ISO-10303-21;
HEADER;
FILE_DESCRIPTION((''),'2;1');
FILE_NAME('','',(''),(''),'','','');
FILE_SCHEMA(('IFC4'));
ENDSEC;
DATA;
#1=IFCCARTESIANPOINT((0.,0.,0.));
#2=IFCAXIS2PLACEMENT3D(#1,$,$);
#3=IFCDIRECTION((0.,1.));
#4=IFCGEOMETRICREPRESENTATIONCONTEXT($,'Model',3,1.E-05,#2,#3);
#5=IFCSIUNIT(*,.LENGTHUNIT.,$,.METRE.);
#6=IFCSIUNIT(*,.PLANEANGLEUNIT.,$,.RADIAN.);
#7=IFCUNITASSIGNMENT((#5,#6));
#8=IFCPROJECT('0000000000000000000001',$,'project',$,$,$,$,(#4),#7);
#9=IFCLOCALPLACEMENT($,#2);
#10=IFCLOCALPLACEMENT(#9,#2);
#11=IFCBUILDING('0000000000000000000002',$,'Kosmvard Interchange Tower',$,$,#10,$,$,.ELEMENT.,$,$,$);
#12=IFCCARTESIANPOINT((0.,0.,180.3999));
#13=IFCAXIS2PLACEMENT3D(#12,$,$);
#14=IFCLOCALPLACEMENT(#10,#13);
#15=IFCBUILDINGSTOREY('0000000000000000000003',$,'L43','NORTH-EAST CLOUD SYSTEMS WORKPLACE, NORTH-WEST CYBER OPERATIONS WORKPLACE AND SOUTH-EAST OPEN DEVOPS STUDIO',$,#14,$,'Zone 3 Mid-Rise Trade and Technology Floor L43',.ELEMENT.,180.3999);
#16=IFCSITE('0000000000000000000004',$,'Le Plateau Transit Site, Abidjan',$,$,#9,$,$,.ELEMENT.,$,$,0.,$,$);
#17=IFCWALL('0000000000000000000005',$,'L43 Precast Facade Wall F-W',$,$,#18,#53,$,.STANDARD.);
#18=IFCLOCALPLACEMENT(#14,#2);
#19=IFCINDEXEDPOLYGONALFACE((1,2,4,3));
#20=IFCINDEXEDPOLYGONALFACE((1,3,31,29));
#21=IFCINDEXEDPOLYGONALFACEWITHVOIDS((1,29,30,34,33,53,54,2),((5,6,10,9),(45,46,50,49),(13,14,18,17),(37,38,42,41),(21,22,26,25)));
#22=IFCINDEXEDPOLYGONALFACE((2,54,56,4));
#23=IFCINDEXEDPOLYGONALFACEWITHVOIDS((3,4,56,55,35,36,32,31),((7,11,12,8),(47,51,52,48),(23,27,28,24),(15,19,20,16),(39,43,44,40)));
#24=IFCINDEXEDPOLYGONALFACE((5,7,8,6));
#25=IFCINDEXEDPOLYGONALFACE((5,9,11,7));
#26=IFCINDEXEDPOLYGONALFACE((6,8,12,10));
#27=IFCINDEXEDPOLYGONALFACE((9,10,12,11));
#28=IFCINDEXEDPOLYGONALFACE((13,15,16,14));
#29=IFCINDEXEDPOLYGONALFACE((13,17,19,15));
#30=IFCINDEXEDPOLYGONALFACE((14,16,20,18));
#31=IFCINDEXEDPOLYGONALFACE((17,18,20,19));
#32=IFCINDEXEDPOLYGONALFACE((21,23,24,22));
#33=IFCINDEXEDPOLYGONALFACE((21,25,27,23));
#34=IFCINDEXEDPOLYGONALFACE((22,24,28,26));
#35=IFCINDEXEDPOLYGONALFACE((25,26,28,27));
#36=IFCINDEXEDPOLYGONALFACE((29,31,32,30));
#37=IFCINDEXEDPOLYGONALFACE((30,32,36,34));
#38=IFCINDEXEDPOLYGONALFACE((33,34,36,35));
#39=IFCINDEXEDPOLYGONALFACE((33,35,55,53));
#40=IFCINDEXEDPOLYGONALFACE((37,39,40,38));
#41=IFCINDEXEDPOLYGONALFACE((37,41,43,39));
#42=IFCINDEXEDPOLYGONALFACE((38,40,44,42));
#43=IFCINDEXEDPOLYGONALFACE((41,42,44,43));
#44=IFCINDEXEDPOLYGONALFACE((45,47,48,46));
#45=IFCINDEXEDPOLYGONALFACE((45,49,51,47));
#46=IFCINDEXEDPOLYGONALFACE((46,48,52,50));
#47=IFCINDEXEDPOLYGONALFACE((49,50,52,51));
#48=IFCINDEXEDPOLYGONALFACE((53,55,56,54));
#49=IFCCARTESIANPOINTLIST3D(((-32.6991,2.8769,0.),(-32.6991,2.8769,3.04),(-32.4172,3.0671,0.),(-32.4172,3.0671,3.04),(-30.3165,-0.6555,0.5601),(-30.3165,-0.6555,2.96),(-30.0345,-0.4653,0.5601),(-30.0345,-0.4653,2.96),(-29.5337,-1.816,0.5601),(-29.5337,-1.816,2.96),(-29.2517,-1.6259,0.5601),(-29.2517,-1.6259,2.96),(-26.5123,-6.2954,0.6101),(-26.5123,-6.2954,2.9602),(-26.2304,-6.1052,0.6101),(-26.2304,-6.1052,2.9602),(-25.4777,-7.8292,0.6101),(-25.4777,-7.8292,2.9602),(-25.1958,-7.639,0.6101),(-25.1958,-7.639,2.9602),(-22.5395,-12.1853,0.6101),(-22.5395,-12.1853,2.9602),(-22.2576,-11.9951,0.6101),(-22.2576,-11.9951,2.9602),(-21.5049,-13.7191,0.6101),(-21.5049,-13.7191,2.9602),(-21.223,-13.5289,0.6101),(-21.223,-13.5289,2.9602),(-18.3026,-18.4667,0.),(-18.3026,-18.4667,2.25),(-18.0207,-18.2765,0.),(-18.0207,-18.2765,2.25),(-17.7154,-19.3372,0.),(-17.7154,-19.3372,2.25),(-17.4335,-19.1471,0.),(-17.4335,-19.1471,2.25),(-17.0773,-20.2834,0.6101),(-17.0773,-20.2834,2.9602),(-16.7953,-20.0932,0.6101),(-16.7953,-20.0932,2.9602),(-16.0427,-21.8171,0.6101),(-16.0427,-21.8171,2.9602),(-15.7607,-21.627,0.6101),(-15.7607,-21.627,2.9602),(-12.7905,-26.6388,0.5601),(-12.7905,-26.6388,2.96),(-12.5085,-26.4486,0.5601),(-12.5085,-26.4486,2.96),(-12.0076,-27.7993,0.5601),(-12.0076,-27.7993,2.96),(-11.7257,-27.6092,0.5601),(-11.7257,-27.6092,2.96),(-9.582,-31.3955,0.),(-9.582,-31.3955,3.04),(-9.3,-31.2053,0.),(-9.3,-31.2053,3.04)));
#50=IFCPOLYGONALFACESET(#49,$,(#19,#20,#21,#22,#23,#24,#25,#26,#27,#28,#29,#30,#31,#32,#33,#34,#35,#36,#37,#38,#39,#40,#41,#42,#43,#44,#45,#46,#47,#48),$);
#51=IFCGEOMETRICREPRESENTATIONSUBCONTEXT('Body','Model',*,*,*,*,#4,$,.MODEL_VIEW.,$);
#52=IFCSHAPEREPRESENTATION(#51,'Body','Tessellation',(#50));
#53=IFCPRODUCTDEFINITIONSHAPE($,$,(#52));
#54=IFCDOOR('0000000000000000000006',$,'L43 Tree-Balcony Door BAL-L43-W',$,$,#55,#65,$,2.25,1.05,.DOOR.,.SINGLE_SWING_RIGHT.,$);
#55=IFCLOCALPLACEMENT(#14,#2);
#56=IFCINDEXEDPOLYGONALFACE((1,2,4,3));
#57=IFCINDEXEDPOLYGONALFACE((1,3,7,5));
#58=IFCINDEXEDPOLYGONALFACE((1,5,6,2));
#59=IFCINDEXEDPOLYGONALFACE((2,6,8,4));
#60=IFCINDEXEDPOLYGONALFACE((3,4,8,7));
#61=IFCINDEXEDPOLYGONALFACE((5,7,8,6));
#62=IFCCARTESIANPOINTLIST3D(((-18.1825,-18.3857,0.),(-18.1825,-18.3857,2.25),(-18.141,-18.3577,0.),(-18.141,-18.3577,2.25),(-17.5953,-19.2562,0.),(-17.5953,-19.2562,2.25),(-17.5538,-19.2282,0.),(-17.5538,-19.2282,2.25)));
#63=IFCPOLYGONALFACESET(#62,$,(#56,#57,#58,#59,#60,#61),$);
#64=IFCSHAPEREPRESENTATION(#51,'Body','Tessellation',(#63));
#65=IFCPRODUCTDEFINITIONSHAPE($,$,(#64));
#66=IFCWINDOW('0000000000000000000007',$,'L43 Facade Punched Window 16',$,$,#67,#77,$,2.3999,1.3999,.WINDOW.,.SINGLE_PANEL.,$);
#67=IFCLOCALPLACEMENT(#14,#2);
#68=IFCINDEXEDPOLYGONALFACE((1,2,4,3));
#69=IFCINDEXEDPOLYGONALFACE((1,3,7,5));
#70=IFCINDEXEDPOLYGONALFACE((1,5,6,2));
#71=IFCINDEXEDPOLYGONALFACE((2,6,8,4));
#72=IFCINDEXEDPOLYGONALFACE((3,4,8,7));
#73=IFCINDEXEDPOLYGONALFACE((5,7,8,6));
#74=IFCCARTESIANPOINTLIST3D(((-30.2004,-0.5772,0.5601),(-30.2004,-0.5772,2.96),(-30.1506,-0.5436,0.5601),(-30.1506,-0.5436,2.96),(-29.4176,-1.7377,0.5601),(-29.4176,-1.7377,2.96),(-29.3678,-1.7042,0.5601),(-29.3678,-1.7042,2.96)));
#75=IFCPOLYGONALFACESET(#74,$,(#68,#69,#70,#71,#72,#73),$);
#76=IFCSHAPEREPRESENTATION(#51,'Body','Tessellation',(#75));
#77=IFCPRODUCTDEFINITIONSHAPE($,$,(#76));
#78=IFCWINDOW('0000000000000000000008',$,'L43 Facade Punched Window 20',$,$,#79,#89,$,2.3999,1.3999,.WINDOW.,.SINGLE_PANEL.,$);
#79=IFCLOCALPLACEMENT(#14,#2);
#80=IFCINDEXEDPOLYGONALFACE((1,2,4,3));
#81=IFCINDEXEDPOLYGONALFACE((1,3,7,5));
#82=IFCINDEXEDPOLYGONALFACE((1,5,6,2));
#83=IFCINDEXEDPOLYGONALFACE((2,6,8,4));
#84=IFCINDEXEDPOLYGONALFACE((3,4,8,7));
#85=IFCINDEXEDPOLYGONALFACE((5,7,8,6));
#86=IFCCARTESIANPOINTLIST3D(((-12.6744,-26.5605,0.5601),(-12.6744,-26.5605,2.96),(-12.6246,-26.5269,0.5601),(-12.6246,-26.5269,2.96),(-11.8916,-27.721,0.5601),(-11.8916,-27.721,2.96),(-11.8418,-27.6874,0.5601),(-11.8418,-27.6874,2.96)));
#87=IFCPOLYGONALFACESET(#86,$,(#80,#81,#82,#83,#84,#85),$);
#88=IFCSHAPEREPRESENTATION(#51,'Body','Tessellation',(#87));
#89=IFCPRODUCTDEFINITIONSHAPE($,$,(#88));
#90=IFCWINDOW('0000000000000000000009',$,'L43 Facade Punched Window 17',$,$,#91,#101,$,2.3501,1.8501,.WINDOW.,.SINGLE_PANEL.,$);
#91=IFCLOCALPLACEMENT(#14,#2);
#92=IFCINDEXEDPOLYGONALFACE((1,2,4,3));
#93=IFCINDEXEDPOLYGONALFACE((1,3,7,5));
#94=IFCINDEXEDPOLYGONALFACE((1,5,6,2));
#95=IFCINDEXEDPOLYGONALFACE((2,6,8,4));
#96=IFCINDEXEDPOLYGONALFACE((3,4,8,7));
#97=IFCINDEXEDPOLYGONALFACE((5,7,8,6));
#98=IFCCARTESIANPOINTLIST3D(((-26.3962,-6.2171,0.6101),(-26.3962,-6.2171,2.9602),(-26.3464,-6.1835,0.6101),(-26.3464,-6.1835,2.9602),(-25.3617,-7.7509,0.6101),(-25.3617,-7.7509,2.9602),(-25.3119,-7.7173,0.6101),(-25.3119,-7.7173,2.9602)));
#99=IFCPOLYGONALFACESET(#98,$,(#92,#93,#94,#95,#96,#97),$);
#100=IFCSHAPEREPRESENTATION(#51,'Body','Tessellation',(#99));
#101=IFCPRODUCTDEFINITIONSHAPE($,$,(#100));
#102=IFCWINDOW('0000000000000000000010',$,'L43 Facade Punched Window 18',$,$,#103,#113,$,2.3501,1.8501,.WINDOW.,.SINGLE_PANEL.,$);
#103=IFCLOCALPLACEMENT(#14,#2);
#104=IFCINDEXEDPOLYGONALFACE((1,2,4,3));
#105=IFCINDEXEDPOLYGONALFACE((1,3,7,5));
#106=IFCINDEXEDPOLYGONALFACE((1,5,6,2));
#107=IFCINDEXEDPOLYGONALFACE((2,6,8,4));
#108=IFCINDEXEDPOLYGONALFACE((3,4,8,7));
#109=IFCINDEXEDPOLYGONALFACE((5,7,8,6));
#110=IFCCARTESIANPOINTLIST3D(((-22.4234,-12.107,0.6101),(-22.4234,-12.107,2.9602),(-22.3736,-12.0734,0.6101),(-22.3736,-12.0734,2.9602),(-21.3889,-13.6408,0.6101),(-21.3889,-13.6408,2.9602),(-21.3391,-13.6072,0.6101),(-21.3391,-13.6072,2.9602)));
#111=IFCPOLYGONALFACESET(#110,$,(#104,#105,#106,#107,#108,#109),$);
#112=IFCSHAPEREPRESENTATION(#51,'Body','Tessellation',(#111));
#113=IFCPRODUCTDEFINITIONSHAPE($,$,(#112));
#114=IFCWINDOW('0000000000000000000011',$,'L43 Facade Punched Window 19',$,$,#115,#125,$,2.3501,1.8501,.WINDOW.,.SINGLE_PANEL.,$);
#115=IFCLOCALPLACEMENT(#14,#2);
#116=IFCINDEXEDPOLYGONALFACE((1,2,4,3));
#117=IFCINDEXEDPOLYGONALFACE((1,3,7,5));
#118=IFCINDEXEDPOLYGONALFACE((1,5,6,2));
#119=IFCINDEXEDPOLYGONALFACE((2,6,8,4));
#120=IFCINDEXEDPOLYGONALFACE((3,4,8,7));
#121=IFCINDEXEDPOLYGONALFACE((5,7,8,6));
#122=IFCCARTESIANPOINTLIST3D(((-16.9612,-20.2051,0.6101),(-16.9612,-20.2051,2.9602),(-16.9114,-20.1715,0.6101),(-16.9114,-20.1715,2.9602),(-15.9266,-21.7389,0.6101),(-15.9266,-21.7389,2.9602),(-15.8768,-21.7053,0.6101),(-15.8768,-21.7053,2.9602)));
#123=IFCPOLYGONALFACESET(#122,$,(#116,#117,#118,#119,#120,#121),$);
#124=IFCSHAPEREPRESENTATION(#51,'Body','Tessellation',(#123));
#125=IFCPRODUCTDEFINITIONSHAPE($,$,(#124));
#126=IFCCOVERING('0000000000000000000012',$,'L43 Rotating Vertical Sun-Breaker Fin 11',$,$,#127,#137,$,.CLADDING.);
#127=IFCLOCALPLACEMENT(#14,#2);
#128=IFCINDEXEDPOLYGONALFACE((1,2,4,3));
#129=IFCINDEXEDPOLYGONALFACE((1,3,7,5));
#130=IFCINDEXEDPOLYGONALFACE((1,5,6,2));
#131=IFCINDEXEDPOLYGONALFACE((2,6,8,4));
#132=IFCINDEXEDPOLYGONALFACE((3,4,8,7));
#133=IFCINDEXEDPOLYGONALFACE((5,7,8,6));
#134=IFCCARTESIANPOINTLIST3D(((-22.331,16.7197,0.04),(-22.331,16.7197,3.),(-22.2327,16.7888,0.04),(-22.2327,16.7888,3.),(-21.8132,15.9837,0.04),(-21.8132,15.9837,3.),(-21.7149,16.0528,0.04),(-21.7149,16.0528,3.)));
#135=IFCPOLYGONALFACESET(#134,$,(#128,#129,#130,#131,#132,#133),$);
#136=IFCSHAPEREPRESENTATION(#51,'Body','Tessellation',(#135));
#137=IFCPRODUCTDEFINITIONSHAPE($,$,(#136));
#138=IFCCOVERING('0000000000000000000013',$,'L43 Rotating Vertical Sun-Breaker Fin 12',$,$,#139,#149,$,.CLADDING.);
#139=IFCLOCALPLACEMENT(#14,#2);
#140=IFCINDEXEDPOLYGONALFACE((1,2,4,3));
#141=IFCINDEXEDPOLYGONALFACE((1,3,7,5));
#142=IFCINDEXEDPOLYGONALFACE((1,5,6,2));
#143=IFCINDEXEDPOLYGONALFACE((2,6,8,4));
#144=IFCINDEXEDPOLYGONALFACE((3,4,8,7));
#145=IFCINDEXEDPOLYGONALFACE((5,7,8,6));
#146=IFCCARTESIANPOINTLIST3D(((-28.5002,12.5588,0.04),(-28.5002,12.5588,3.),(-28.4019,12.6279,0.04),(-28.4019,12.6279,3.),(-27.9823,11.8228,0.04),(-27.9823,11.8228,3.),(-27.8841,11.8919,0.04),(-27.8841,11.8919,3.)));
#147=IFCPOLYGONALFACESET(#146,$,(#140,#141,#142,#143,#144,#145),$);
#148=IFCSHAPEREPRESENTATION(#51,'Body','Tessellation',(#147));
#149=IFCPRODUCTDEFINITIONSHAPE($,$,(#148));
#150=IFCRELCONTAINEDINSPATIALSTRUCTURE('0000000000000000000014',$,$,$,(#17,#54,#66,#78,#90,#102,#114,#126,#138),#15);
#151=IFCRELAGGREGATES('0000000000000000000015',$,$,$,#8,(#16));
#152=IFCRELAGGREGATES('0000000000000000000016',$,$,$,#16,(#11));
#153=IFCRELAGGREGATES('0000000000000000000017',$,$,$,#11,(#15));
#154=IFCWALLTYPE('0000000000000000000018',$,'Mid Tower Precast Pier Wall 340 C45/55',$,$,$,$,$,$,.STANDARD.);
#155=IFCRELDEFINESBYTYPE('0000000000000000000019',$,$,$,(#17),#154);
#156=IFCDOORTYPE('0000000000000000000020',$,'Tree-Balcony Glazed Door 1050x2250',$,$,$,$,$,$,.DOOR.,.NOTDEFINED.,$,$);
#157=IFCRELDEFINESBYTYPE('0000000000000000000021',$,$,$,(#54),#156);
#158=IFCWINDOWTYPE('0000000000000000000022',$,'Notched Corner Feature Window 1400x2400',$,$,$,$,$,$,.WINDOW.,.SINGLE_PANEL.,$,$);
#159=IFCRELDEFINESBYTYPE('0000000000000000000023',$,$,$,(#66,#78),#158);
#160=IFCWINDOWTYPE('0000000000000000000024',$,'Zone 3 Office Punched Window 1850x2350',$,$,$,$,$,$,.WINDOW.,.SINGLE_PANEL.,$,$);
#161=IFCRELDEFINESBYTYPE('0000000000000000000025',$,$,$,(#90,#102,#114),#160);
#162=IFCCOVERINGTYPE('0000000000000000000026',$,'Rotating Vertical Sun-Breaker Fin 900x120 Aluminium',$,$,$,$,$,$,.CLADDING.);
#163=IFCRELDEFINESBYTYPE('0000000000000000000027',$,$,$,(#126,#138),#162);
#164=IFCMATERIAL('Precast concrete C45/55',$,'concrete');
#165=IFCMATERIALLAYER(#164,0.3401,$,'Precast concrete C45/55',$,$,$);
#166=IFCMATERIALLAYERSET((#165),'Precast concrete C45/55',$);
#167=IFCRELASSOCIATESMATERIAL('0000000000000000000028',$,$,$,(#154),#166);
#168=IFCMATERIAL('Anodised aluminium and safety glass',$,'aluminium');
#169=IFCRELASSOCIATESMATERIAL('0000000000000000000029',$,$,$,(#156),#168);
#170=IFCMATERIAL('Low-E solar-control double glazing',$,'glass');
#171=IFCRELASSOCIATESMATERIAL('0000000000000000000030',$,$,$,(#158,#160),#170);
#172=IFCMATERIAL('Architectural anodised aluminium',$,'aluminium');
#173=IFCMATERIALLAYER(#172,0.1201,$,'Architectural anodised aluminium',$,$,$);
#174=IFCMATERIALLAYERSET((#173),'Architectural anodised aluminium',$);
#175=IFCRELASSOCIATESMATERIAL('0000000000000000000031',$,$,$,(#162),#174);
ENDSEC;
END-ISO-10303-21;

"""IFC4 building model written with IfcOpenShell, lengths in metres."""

from ifc_helpers import new_model, si_unit, direction, frame, frame_2d, origin, origin_2d, place, context, subcontext, project, spatial, rectangle, extrude, source, transform, mapped, material, layer, layer_set, type_object, element, fill, save


model = new_model("IFC4")

# Units and contexts
model_context = context("Model", 3, precision=1e-05, world=origin(), true_north=direction((0.0, 1.0)))
body_context = subcontext(model_context, "Body", "Model", "MODEL_VIEW")
ifc_project = project(units=[si_unit("LENGTHUNIT", "METRE"), si_unit("PLANEANGLEUNIT", "RADIAN")], contexts=[model_context])

# Site, building, storey
site_placement = place(None, origin())
site = spatial("IfcSite", under=ifc_project, at=site_placement, Name="Le Plateau Transit Site, Abidjan", CompositionType="ELEMENT", RefElevation=0.0)
building_placement = place(site_placement, origin())
building = spatial("IfcBuilding", under=site, at=building_placement, Name="Kosmvard Interchange Tower", CompositionType="ELEMENT")
storey_placement = place(building_placement, frame((0.0, 0.0, 180.3999)))
storey = spatial("IfcBuildingStorey", under=building, at=storey_placement, Name="L43", Description="NORTH-EAST CLOUD SYSTEMS WORKPLACE, NORTH-WEST CYBER OPERATIONS WORKPLACE AND SOUTH-EAST OPEN DEVOPS STUDIO", LongName="Zone 3 Mid-Rise Trade and Technology Floor L43", CompositionType="ELEMENT", Elevation=180.3999)

# Shared definitions
ifc_material_1 = material(Name="Precast concrete C45/55", Category="concrete")

# Shared definitions
ifc_layer_1 = layer(ifc_material_1, 0.3401, Name="Precast concrete C45/55")
ifc_layer_set_1 = layer_set([ifc_layer_1], Name="Precast concrete C45/55")
wall_type_1 = type_object("IfcWallType", Name="Mid Tower Precast Pier Wall 340 C45/55", PredefinedType="STANDARD", material=ifc_layer_set_1)

# Wall, openings, door, windows
wall_1_placement = place(storey_placement, frame((-32.5581, 2.9719, 0.0), z_axis=(0.0, 0.0, 1.0), x_axis=(0.559195, -0.829036, 0.0)))
wall_1 = element("IfcWall", 1, at=wall_1_placement, inside=storey, type_object=wall_type_1, Name="L43 Precast Facade Wall F-W", PredefinedType="STANDARD", context=body_context, shape_type="SweptSolid", body=[
    extrude(rectangle(XDim=41.3401, YDim=0.3401, at=frame_2d((20.6699, 0.0))), origin(), (0.0, 0.0, 1.0), 3.04),
])
opening_1_placement = place(wall_1_placement, frame((25.7451, 0.0, 0.0)))
opening_1 = element("IfcOpeningElement", 2, at=opening_1_placement, cuts=wall_1, PredefinedType="OPENING", context=body_context, shape_type="SweptSolid", body=[
    extrude(rectangle(XDim=1.05, YDim=2.25, at=frame_2d((0.5249, 1.125))), frame((0.0, 0.1802, 0.0), z_axis=(0.0, -1.0, 0.0), x_axis=(1.0, 0.0, 0.0)), (0.0, 0.0, 1.0), 0.3601),
])
opening_2_placement = place(wall_1_placement, frame((4.2607, 0.0, 0.5601)))
opening_2 = element("IfcOpeningElement", 3, at=opening_2_placement, cuts=wall_1, PredefinedType="OPENING", context=body_context, shape_type="SweptSolid", body=[
    extrude(rectangle(XDim=1.3999, YDim=2.3999, at=frame_2d((0.7, 1.2))), frame((0.0, 0.1802, 0.0), z_axis=(0.0, -1.0, 0.0), x_axis=(1.0, 0.0, 0.0)), (0.0, 0.0, 1.0), 0.3601),
])
opening_3_placement = place(wall_1_placement, frame((11.0637, 0.0, 0.6101)))
opening_3 = element("IfcOpeningElement", 4, at=opening_3_placement, cuts=wall_1, PredefinedType="OPENING", context=body_context, shape_type="SweptSolid", body=[
    extrude(rectangle(XDim=1.8501, YDim=2.3501, at=frame_2d((0.925, 1.175))), frame((0.0, 0.1802, 0.0), z_axis=(0.0, -1.0, 0.0), x_axis=(1.0, 0.0, 0.0)), (0.0, 0.0, 1.0), 0.3601),
])
opening_4_placement = place(wall_1_placement, frame((18.1682, 0.0, 0.6101)))
opening_4 = element("IfcOpeningElement", 5, at=opening_4_placement, cuts=wall_1, PredefinedType="OPENING", context=body_context, shape_type="SweptSolid", body=[
    extrude(rectangle(XDim=1.8501, YDim=2.3501, at=frame_2d((0.925, 1.175))), frame((0.0, 0.1802, 0.0), z_axis=(0.0, -1.0, 0.0), x_axis=(1.0, 0.0, 0.0)), (0.0, 0.0, 1.0), 0.3601),
])
opening_5_placement = place(wall_1_placement, frame((27.9363, 0.0, 0.6101)))
opening_5 = element("IfcOpeningElement", 6, at=opening_5_placement, cuts=wall_1, PredefinedType="OPENING", context=body_context, shape_type="SweptSolid", body=[
    extrude(rectangle(XDim=1.8501, YDim=2.3501, at=frame_2d((0.925, 1.175))), frame((0.0, 0.1802, 0.0), z_axis=(0.0, -1.0, 0.0), x_axis=(1.0, 0.0, 0.0)), (0.0, 0.0, 1.0), 0.3601),
])
opening_6_placement = place(wall_1_placement, frame((35.6023, 0.0, 0.5601)))
opening_6 = element("IfcOpeningElement", 7, at=opening_6_placement, cuts=wall_1, PredefinedType="OPENING", context=body_context, shape_type="SweptSolid", body=[
    extrude(rectangle(XDim=1.3999, YDim=2.3999, at=frame_2d((0.7, 1.2))), frame((0.0, 0.1802, 0.0), z_axis=(0.0, -1.0, 0.0), x_axis=(1.0, 0.0, 0.0)), (0.0, 0.0, 1.0), 0.3601),
])
ifc_material_2 = material(Name="Anodised aluminium and safety glass", Category="aluminium")
door_type_1 = type_object("IfcDoorType", Name="Tree-Balcony Glazed Door 1050x2250", OperationType="NOTDEFINED", PredefinedType="DOOR", material=ifc_material_2)
shared_shape_1 = source(origin(), body_context, "Body", "SweptSolid", [
    extrude(rectangle(XDim=1.05, YDim=2.25, at=frame_2d((0.5249, 1.125))), frame((0.0, 0.0249, 0.0), z_axis=(0.0, -1.0, 0.0), x_axis=(1.0, 0.0, 0.0)), (0.0, 0.0, 1.0), 0.05),
])
door_1_placement = place(opening_1_placement, origin())
door_1 = element("IfcDoor", 8, at=door_1_placement, inside=storey, type_object=door_type_1, Name="L43 Tree-Balcony Door BAL-L43-W", OperationType="SINGLE_SWING_RIGHT", OverallHeight=2.25, OverallWidth=1.05, PredefinedType="DOOR", context=body_context, shape_type="MappedRepresentation", body=[
    mapped(shared_shape_1, transform((0.0, 0.0, 0.0), scale=1.0)),
])
fill(opening_1, door_1)
ifc_material_3 = material(Name="Low-E solar-control double glazing", Category="glass")
window_type_1 = type_object("IfcWindowType", Name="Notched Corner Feature Window 1400x2400", PartitioningType="SINGLE_PANEL", PredefinedType="WINDOW", material=ifc_material_3)
shared_shape_2 = source(origin(), body_context, "Body", "SweptSolid", [
    extrude(rectangle(XDim=1.3999, YDim=2.3999, at=frame_2d((0.7, 1.2))), frame((0.0, 0.03, 0.0), z_axis=(0.0, -1.0, 0.0), x_axis=(1.0, 0.0, 0.0)), (0.0, 0.0, 1.0), 0.0601),
])
window_1_placement = place(opening_2_placement, origin())
window_1 = element("IfcWindow", 9, at=window_1_placement, inside=storey, type_object=window_type_1, Name="L43 Facade Punched Window 16", OverallHeight=2.3999, OverallWidth=1.3999, PartitioningType="SINGLE_PANEL", PredefinedType="WINDOW", context=body_context, shape_type="MappedRepresentation", body=[
    mapped(shared_shape_2, transform((0.0, 0.0, 0.0), scale=1.0)),
])
fill(opening_2, window_1)
window_2_placement = place(opening_6_placement, origin())
window_2 = element("IfcWindow", 10, at=window_2_placement, inside=storey, type_object=window_type_1, Name="L43 Facade Punched Window 20", OverallHeight=2.3999, OverallWidth=1.3999, PartitioningType="SINGLE_PANEL", PredefinedType="WINDOW", context=body_context, shape_type="MappedRepresentation", body=[
    mapped(shared_shape_2, transform((0.0, 0.0, 0.0), scale=1.0)),
])
fill(opening_6, window_2)
window_type_2 = type_object("IfcWindowType", Name="Zone 3 Office Punched Window 1850x2350", PartitioningType="SINGLE_PANEL", PredefinedType="WINDOW", material=ifc_material_3)
shared_shape_3 = source(origin(), body_context, "Body", "SweptSolid", [
    extrude(rectangle(XDim=1.8501, YDim=2.3501, at=frame_2d((0.925, 1.175))), frame((0.0, 0.03, 0.0), z_axis=(0.0, -1.0, 0.0), x_axis=(1.0, 0.0, 0.0)), (0.0, 0.0, 1.0), 0.0601),
])
window_3_placement = place(opening_3_placement, origin())
window_3 = element("IfcWindow", 11, at=window_3_placement, inside=storey, type_object=window_type_2, Name="L43 Facade Punched Window 17", OverallHeight=2.3501, OverallWidth=1.8501, PartitioningType="SINGLE_PANEL", PredefinedType="WINDOW", context=body_context, shape_type="MappedRepresentation", body=[
    mapped(shared_shape_3, transform((0.0, 0.0, 0.0), scale=1.0)),
])
fill(opening_3, window_3)
window_4_placement = place(opening_4_placement, origin())
window_4 = element("IfcWindow", 12, at=window_4_placement, inside=storey, type_object=window_type_2, Name="L43 Facade Punched Window 18", OverallHeight=2.3501, OverallWidth=1.8501, PartitioningType="SINGLE_PANEL", PredefinedType="WINDOW", context=body_context, shape_type="MappedRepresentation", body=[
    mapped(shared_shape_3, transform((0.0, 0.0, 0.0), scale=1.0)),
])
fill(opening_4, window_4)
window_5_placement = place(opening_5_placement, origin())
window_5 = element("IfcWindow", 13, at=window_5_placement, inside=storey, type_object=window_type_2, Name="L43 Facade Punched Window 19", OverallHeight=2.3501, OverallWidth=1.8501, PartitioningType="SINGLE_PANEL", PredefinedType="WINDOW", context=body_context, shape_type="MappedRepresentation", body=[
    mapped(shared_shape_3, transform((0.0, 0.0, 0.0), scale=1.0)),
])
fill(opening_5, window_5)

# Coverings
ifc_material_4 = material(Name="Architectural anodised aluminium", Category="aluminium")
ifc_layer_2 = layer(ifc_material_4, 0.1201, Name="Architectural anodised aluminium")
ifc_layer_set_2 = layer_set([ifc_layer_2], Name="Architectural anodised aluminium")
covering_type = type_object("IfcCoveringType", Name="Rotating Vertical Sun-Breaker Fin 900x120 Aluminium", PredefinedType="CLADDING", material=ifc_layer_set_2)
shared_shape_4 = source(origin(), body_context, "Body", "SweptSolid", [
    extrude(rectangle(XDim=0.8999, YDim=0.1201, at=origin_2d()), origin(), (0.0, 0.0, 1.0), 2.96),
])
for number, where, z_axis, x_axis, name in (
    (14, (-22.0229, 16.3862, 0.04), (0.0, 0.0, 1.0), (-0.575434, 0.817849, 0.0), "L43 Rotating Vertical Sun-Breaker Fin 11"),
    (15, (-28.1921, 12.2253, 0.04), (0.0, 0.0, 1.0), (-0.575434, 0.817849, 0.0), "L43 Rotating Vertical Sun-Breaker Fin 12"),
):
    element("IfcCovering", number, at=place(storey_placement, frame(where, z_axis=z_axis, x_axis=x_axis)), inside=storey, type_object=covering_type, Name=name, PredefinedType="CLADDING", context=body_context, shape_type="MappedRepresentation", body=[
        mapped(shared_shape_4, transform((0.0, 0.0, 0.0), scale=1.0)),
    ])

save(model, "model.ifc")
